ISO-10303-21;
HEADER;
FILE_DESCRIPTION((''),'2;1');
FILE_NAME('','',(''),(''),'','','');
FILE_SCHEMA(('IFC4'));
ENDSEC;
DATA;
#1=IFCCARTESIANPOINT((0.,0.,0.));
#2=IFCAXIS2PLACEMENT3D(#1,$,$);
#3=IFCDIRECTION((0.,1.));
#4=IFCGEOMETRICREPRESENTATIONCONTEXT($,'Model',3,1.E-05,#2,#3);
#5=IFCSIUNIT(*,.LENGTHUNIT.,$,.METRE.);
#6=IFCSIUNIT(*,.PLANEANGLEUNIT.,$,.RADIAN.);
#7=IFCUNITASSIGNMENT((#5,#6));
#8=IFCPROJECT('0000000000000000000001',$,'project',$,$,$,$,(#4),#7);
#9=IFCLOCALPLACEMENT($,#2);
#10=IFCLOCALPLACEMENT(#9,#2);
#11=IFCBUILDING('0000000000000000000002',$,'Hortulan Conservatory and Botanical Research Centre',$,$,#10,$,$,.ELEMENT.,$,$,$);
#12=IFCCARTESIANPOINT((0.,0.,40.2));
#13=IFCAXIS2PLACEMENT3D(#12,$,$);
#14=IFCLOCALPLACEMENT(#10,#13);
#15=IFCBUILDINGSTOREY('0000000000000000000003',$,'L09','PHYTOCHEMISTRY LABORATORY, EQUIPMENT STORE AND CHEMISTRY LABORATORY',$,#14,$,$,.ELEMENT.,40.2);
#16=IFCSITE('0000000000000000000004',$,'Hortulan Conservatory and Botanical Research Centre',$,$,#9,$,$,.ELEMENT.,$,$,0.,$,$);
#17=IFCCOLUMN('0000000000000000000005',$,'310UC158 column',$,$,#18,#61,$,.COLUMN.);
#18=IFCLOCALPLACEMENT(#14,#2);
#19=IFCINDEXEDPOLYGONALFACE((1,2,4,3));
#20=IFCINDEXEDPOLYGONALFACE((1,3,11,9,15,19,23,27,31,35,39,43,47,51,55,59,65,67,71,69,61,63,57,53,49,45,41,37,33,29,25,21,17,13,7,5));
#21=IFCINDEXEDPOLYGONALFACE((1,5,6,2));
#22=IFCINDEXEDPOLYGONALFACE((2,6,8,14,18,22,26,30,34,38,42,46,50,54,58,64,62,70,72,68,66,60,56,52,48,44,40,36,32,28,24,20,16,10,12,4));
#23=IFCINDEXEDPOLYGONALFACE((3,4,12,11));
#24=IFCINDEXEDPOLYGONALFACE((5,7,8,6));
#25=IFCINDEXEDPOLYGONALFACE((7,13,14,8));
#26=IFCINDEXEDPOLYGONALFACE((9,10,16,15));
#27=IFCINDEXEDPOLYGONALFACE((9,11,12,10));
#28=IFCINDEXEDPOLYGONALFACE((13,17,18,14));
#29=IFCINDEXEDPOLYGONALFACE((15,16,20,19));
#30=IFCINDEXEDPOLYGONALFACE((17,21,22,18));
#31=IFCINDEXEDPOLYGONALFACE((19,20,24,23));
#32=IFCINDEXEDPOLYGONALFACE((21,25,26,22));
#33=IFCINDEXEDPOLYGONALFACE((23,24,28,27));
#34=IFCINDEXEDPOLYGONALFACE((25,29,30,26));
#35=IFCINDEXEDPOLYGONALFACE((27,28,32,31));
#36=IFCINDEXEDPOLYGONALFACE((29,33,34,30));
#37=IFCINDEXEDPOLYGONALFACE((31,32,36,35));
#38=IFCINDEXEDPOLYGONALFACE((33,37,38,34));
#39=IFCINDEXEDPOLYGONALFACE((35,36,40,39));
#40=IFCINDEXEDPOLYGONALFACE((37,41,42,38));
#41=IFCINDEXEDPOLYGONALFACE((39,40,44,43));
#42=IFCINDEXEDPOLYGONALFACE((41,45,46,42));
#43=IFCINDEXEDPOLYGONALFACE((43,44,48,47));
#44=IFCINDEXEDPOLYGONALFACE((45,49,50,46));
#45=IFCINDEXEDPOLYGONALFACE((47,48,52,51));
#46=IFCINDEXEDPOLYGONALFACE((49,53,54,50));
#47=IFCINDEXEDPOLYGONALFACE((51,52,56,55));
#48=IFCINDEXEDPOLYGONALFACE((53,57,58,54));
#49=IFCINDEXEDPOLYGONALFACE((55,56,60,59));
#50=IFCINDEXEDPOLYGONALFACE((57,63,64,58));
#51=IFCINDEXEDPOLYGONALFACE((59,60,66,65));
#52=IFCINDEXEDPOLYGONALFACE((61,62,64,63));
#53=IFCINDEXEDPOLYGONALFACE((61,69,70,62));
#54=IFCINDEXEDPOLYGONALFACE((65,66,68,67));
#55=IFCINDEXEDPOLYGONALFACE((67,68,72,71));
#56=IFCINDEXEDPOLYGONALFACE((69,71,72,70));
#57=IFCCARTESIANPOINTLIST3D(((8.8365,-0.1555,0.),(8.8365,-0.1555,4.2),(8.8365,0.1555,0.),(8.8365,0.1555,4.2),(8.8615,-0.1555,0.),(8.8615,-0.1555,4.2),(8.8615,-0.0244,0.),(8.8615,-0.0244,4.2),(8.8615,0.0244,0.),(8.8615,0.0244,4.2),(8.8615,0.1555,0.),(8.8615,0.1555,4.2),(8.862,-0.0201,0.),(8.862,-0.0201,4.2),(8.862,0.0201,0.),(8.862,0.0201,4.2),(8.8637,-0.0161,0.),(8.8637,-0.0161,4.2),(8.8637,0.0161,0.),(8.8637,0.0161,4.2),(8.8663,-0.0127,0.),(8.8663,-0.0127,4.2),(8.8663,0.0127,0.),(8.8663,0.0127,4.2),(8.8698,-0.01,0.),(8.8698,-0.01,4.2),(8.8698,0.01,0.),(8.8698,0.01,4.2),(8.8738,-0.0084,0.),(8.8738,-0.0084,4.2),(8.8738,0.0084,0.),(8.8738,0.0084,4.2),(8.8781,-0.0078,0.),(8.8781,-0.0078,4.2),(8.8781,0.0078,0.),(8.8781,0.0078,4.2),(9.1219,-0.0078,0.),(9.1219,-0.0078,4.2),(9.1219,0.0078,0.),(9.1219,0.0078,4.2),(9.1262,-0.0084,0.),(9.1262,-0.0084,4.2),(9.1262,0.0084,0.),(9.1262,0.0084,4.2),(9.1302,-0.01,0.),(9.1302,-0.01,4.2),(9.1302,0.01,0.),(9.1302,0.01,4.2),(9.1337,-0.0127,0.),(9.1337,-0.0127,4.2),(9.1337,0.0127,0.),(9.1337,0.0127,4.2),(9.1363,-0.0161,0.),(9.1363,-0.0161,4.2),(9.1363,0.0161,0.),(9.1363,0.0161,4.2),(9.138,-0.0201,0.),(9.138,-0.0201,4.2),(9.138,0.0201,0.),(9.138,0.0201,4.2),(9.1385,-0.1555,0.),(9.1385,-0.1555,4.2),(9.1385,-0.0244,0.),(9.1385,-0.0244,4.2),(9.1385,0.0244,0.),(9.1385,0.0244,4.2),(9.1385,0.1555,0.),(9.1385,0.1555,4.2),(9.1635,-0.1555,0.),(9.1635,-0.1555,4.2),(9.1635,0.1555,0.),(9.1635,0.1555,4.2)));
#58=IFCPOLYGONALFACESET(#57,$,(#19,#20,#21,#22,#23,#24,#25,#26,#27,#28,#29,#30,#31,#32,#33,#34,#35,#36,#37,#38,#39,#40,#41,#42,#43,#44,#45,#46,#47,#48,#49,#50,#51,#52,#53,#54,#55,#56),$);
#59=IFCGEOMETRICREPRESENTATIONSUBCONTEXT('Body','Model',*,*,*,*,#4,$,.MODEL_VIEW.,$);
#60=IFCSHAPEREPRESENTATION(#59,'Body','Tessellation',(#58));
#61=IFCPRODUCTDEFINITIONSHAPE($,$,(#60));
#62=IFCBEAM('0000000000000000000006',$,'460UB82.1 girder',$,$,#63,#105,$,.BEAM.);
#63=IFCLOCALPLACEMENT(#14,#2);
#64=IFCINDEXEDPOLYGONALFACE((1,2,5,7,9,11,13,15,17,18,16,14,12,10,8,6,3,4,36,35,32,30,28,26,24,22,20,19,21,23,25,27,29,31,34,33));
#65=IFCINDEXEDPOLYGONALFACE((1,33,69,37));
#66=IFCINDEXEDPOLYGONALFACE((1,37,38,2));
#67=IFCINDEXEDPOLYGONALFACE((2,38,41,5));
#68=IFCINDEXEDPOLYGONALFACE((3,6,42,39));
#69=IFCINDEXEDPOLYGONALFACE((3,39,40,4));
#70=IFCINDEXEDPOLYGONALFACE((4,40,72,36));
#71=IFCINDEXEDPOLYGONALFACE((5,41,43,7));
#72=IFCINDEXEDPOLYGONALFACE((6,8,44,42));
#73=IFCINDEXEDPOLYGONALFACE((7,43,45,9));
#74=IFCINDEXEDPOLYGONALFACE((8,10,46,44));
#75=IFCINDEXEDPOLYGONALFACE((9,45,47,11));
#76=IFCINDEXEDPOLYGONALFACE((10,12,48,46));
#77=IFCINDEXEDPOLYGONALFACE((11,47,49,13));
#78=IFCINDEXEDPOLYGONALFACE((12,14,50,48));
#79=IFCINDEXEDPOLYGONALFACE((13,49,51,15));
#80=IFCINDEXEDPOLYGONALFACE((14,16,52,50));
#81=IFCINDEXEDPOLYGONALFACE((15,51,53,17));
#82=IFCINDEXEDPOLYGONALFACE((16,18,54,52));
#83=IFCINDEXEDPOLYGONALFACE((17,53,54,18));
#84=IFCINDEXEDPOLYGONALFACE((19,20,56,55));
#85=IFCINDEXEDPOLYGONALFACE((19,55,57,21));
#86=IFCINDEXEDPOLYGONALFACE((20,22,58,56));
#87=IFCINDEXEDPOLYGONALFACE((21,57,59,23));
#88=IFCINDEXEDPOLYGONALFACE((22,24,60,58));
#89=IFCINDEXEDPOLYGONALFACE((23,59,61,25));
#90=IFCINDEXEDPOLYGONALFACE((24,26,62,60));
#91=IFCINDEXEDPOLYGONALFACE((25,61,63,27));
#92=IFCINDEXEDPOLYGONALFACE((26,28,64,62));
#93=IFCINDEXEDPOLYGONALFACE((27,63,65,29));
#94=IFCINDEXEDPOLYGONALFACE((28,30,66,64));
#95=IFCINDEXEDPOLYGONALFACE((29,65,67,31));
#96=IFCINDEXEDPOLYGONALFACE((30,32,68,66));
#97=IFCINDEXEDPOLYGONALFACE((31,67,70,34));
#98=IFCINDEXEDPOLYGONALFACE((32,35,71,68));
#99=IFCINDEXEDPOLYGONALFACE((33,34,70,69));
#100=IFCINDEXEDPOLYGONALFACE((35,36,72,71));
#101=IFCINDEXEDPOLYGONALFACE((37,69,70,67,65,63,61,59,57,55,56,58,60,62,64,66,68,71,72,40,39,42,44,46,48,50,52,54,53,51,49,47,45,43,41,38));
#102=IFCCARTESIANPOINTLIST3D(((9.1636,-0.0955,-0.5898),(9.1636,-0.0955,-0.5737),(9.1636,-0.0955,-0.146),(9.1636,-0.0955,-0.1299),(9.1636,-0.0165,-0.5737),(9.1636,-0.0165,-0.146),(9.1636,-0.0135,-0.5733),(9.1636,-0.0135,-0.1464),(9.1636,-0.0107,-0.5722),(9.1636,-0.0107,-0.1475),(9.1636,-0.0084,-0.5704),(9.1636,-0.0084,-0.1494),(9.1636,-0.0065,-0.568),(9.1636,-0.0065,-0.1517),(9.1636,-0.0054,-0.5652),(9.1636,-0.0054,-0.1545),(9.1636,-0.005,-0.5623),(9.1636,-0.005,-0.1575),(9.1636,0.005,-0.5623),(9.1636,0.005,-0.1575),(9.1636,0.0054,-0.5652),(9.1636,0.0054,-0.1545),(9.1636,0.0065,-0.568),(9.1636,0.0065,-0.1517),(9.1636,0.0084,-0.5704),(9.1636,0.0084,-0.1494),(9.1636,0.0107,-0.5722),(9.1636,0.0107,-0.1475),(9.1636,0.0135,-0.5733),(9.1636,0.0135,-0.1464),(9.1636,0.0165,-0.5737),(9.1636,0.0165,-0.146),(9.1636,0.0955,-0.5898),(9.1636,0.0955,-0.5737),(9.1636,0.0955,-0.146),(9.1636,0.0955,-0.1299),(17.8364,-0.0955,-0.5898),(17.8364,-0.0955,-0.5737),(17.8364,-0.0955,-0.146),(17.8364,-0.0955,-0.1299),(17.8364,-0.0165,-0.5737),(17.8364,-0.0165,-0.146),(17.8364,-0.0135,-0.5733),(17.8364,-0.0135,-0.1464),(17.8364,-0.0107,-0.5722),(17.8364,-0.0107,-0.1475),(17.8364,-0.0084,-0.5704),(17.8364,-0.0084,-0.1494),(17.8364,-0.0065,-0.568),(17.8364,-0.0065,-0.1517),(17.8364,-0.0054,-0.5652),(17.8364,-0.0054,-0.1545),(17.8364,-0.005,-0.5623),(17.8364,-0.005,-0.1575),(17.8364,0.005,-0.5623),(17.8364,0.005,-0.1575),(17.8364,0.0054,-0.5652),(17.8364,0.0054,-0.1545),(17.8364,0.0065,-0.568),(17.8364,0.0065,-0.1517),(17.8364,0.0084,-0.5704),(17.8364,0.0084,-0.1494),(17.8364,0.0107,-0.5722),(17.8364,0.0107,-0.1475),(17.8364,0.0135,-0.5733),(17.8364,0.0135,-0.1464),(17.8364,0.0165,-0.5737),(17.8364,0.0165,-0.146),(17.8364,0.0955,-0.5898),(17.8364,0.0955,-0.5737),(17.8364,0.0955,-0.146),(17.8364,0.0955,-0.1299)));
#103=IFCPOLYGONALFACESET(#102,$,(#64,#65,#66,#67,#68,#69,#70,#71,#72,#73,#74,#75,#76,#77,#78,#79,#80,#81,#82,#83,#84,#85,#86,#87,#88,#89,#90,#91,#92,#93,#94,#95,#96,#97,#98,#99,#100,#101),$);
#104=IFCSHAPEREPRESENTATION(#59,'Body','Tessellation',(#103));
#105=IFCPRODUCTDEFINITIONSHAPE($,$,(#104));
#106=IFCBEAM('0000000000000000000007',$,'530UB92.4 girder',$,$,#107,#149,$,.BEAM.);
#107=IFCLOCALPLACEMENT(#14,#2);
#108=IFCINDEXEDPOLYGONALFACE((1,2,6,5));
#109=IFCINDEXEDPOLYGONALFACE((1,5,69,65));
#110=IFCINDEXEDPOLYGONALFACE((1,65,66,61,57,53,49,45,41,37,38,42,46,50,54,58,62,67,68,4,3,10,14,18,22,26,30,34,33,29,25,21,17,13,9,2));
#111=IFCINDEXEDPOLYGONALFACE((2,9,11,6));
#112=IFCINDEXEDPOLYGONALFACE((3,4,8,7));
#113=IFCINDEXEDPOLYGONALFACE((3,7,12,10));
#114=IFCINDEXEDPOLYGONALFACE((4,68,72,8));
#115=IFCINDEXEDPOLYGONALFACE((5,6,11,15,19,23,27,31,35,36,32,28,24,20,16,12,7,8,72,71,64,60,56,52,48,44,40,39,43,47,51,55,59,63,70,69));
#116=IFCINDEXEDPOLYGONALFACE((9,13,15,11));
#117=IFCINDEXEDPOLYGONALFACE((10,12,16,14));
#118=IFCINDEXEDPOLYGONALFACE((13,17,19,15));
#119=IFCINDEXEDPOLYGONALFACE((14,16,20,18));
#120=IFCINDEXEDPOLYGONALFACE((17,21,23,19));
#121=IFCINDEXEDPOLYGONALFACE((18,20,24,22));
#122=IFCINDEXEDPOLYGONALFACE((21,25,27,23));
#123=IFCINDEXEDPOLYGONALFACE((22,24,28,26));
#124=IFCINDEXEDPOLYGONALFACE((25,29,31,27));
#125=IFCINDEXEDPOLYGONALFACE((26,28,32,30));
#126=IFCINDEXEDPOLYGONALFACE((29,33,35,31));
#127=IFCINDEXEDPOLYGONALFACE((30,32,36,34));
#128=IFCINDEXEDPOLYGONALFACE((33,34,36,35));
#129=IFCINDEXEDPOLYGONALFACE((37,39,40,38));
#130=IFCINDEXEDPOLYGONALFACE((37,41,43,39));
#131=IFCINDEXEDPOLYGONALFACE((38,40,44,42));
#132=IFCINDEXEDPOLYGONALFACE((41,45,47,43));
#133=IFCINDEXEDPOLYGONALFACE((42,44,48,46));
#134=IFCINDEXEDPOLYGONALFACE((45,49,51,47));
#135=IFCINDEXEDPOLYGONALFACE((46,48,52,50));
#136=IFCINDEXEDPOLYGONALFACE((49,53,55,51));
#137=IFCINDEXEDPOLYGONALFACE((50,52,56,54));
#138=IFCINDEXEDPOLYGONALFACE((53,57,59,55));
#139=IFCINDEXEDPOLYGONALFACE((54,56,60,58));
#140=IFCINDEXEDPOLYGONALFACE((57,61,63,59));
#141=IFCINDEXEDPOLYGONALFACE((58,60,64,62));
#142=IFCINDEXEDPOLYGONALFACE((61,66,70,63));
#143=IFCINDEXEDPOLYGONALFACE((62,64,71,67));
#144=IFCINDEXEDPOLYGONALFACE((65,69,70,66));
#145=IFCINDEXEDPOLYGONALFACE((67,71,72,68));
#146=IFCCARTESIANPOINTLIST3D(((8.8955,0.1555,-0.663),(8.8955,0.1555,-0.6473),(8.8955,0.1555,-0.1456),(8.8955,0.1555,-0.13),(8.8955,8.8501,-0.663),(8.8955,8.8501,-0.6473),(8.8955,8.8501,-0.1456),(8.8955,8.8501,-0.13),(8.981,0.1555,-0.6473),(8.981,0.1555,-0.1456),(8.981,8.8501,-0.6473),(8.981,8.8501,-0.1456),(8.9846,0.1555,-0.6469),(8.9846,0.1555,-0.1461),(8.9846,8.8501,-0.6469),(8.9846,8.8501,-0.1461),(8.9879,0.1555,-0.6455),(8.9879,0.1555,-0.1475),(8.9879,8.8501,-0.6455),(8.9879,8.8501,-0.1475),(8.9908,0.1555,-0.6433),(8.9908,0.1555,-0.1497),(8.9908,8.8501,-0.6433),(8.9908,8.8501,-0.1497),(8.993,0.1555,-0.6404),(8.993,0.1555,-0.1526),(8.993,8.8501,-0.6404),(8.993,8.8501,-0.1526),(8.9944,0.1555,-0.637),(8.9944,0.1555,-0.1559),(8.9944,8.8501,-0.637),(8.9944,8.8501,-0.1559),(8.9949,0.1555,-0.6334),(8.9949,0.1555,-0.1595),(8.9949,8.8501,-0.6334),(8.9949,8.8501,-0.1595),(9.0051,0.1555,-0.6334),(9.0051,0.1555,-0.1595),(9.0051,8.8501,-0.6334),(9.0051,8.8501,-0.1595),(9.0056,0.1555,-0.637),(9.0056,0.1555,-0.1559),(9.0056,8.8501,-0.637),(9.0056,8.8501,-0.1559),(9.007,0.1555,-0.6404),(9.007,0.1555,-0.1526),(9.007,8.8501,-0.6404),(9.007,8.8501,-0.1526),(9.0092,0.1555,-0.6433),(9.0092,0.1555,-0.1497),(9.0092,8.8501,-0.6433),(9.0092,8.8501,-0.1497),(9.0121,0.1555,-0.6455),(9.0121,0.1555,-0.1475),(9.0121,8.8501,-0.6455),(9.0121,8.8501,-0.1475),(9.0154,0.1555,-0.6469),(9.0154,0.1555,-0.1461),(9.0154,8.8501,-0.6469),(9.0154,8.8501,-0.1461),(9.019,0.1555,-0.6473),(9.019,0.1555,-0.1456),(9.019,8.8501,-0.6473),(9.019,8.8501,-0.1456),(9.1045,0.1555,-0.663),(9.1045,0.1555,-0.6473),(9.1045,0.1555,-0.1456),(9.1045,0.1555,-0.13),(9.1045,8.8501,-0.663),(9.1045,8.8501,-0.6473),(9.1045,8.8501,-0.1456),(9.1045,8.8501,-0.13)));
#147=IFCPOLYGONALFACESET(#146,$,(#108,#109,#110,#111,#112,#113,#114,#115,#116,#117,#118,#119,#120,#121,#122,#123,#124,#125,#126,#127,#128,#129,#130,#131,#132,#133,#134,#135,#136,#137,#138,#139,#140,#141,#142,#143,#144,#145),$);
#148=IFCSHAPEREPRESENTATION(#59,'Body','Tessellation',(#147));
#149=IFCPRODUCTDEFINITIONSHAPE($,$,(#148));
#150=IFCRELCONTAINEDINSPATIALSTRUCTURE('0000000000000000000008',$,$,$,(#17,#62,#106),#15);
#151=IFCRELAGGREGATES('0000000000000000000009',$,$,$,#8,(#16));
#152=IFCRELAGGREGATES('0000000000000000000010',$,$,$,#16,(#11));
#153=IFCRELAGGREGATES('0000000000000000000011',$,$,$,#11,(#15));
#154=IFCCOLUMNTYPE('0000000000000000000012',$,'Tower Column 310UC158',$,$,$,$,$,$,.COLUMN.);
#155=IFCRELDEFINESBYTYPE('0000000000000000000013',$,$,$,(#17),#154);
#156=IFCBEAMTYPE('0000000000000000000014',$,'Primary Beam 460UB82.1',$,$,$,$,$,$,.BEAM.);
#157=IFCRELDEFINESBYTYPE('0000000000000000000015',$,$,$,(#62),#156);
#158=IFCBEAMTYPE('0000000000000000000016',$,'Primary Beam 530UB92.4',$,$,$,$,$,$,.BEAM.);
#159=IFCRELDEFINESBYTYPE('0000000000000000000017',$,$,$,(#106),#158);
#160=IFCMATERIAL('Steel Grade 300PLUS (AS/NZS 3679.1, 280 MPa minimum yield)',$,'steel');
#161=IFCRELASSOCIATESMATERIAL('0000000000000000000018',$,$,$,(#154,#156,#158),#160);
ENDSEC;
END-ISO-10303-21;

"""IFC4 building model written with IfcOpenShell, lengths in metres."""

from ifc_helpers import new_model, si_unit, direction, frame, origin, origin_2d, place, context, subcontext, project, spatial, i_section, extrude, material, material_profile, profile_set, type_object, element, save


model = new_model("IFC4")

# Units and contexts
model_context = context("Model", 3, precision=1e-05, world=origin(), true_north=direction((0.0, 1.0)))
body_context = subcontext(model_context, "Body", "Model", "MODEL_VIEW")
ifc_project = project(units=[si_unit("LENGTHUNIT", "METRE"), si_unit("PLANEANGLEUNIT", "RADIAN")], contexts=[model_context])

# Site, building, storey
site_placement = place(None, origin())
site = spatial("IfcSite", under=ifc_project, at=site_placement, Name="Hortulan Conservatory and Botanical Research Centre", CompositionType="ELEMENT", RefElevation=0.0)
building_placement = place(site_placement, origin())
building = spatial("IfcBuilding", under=site, at=building_placement, Name="Hortulan Conservatory and Botanical Research Centre", CompositionType="ELEMENT")
storey_placement = place(building_placement, frame((0.0, 0.0, 40.2)))
storey = spatial("IfcBuildingStorey", under=building, at=storey_placement, Name="L09", Description="PHYTOCHEMISTRY LABORATORY, EQUIPMENT STORE AND CHEMISTRY LABORATORY", CompositionType="ELEMENT", Elevation=40.2)

# Column
ifc_material_1 = material(Name="Steel Grade 300PLUS (AS/NZS 3679.1, 280 MPa minimum yield)", Category="steel")
ifc_material_profile_1 = material_profile(ifc_material_1, i_section(OverallWidth=0.311, OverallDepth=0.3269, WebThickness=0.0156, FlangeThickness=0.0249, FilletRadius=0.0166, at=origin_2d()), Name="310UC158")
ifc_profile_set_1 = profile_set([ifc_material_profile_1], Name="Steel Grade 300PLUS (AS/NZS 3679.1, 280 MPa minimum yield)")
column_type = type_object("IfcColumnType", Name="Tower Column 310UC158", PredefinedType="COLUMN", material=ifc_profile_set_1)
column_placement = place(storey_placement, frame((9.0, 0.0, 0.0), z_axis=(0.0, 0.0, 1.0), x_axis=(0.0, 1.0, 0.0)))
element("IfcColumn", 1, at=column_placement, inside=storey, type_object=column_type, Name="310UC158 column", PredefinedType="COLUMN", context=body_context, shape_type="SweptSolid", body=[
    extrude(i_section(OverallWidth=0.311, OverallDepth=0.3269, WebThickness=0.0156, FlangeThickness=0.0249, FilletRadius=0.0166, at=origin_2d()), origin(), (0.0, 0.0, 1.0), 4.2),
])

# Beams
ifc_material_profile_2 = material_profile(ifc_material_1, i_section(OverallWidth=0.1909, OverallDepth=0.46, WebThickness=0.01, FlangeThickness=0.0161, FilletRadius=0.0115, at=origin_2d()), Name="460UB82.1")
ifc_profile_set_2 = profile_set([ifc_material_profile_2], Name="Steel Grade 300PLUS (AS/NZS 3679.1, 280 MPa minimum yield)")
beam_type_1 = type_object("IfcBeamType", Name="Primary Beam 460UB82.1", PredefinedType="BEAM", material=ifc_profile_set_2)
beam_1_placement = place(storey_placement, frame((9.1636, 0.0, -0.3599), z_axis=(1.0, 0.0, 0.0), x_axis=(0.0, 1.0, 0.0)))
element("IfcBeam", 2, at=beam_1_placement, inside=storey, type_object=beam_type_1, Name="460UB82.1 girder", PredefinedType="BEAM", context=body_context, shape_type="SweptSolid", body=[
    extrude(i_section(OverallWidth=0.1909, OverallDepth=0.46, WebThickness=0.01, FlangeThickness=0.0161, FilletRadius=0.0115, at=origin_2d()), origin(), (0.0, 0.0, 1.0), 8.6729),
])
ifc_material_profile_3 = material_profile(ifc_material_1, i_section(OverallWidth=0.209, OverallDepth=0.533, WebThickness=0.0103, FlangeThickness=0.0156, FilletRadius=0.0139, at=origin_2d()), Name="530UB92.4")
ifc_profile_set_3 = profile_set([ifc_material_profile_3], Name="Steel Grade 300PLUS (AS/NZS 3679.1, 280 MPa minimum yield)")
beam_type_2 = type_object("IfcBeamType", Name="Primary Beam 530UB92.4", PredefinedType="BEAM", material=ifc_profile_set_3)
beam_2_placement = place(storey_placement, frame((9.0, 0.1555, -0.3965), z_axis=(0.0, 1.0, 0.0), x_axis=(-1.0, 0.0, 0.0)))
element("IfcBeam", 3, at=beam_2_placement, inside=storey, type_object=beam_type_2, Name="530UB92.4 girder", PredefinedType="BEAM", context=body_context, shape_type="SweptSolid", body=[
    extrude(i_section(OverallWidth=0.209, OverallDepth=0.533, WebThickness=0.0103, FlangeThickness=0.0156, FilletRadius=0.0139, at=origin_2d()), origin(), (0.0, 0.0, 1.0), 8.6946),
])

save(model, "model.ifc")
